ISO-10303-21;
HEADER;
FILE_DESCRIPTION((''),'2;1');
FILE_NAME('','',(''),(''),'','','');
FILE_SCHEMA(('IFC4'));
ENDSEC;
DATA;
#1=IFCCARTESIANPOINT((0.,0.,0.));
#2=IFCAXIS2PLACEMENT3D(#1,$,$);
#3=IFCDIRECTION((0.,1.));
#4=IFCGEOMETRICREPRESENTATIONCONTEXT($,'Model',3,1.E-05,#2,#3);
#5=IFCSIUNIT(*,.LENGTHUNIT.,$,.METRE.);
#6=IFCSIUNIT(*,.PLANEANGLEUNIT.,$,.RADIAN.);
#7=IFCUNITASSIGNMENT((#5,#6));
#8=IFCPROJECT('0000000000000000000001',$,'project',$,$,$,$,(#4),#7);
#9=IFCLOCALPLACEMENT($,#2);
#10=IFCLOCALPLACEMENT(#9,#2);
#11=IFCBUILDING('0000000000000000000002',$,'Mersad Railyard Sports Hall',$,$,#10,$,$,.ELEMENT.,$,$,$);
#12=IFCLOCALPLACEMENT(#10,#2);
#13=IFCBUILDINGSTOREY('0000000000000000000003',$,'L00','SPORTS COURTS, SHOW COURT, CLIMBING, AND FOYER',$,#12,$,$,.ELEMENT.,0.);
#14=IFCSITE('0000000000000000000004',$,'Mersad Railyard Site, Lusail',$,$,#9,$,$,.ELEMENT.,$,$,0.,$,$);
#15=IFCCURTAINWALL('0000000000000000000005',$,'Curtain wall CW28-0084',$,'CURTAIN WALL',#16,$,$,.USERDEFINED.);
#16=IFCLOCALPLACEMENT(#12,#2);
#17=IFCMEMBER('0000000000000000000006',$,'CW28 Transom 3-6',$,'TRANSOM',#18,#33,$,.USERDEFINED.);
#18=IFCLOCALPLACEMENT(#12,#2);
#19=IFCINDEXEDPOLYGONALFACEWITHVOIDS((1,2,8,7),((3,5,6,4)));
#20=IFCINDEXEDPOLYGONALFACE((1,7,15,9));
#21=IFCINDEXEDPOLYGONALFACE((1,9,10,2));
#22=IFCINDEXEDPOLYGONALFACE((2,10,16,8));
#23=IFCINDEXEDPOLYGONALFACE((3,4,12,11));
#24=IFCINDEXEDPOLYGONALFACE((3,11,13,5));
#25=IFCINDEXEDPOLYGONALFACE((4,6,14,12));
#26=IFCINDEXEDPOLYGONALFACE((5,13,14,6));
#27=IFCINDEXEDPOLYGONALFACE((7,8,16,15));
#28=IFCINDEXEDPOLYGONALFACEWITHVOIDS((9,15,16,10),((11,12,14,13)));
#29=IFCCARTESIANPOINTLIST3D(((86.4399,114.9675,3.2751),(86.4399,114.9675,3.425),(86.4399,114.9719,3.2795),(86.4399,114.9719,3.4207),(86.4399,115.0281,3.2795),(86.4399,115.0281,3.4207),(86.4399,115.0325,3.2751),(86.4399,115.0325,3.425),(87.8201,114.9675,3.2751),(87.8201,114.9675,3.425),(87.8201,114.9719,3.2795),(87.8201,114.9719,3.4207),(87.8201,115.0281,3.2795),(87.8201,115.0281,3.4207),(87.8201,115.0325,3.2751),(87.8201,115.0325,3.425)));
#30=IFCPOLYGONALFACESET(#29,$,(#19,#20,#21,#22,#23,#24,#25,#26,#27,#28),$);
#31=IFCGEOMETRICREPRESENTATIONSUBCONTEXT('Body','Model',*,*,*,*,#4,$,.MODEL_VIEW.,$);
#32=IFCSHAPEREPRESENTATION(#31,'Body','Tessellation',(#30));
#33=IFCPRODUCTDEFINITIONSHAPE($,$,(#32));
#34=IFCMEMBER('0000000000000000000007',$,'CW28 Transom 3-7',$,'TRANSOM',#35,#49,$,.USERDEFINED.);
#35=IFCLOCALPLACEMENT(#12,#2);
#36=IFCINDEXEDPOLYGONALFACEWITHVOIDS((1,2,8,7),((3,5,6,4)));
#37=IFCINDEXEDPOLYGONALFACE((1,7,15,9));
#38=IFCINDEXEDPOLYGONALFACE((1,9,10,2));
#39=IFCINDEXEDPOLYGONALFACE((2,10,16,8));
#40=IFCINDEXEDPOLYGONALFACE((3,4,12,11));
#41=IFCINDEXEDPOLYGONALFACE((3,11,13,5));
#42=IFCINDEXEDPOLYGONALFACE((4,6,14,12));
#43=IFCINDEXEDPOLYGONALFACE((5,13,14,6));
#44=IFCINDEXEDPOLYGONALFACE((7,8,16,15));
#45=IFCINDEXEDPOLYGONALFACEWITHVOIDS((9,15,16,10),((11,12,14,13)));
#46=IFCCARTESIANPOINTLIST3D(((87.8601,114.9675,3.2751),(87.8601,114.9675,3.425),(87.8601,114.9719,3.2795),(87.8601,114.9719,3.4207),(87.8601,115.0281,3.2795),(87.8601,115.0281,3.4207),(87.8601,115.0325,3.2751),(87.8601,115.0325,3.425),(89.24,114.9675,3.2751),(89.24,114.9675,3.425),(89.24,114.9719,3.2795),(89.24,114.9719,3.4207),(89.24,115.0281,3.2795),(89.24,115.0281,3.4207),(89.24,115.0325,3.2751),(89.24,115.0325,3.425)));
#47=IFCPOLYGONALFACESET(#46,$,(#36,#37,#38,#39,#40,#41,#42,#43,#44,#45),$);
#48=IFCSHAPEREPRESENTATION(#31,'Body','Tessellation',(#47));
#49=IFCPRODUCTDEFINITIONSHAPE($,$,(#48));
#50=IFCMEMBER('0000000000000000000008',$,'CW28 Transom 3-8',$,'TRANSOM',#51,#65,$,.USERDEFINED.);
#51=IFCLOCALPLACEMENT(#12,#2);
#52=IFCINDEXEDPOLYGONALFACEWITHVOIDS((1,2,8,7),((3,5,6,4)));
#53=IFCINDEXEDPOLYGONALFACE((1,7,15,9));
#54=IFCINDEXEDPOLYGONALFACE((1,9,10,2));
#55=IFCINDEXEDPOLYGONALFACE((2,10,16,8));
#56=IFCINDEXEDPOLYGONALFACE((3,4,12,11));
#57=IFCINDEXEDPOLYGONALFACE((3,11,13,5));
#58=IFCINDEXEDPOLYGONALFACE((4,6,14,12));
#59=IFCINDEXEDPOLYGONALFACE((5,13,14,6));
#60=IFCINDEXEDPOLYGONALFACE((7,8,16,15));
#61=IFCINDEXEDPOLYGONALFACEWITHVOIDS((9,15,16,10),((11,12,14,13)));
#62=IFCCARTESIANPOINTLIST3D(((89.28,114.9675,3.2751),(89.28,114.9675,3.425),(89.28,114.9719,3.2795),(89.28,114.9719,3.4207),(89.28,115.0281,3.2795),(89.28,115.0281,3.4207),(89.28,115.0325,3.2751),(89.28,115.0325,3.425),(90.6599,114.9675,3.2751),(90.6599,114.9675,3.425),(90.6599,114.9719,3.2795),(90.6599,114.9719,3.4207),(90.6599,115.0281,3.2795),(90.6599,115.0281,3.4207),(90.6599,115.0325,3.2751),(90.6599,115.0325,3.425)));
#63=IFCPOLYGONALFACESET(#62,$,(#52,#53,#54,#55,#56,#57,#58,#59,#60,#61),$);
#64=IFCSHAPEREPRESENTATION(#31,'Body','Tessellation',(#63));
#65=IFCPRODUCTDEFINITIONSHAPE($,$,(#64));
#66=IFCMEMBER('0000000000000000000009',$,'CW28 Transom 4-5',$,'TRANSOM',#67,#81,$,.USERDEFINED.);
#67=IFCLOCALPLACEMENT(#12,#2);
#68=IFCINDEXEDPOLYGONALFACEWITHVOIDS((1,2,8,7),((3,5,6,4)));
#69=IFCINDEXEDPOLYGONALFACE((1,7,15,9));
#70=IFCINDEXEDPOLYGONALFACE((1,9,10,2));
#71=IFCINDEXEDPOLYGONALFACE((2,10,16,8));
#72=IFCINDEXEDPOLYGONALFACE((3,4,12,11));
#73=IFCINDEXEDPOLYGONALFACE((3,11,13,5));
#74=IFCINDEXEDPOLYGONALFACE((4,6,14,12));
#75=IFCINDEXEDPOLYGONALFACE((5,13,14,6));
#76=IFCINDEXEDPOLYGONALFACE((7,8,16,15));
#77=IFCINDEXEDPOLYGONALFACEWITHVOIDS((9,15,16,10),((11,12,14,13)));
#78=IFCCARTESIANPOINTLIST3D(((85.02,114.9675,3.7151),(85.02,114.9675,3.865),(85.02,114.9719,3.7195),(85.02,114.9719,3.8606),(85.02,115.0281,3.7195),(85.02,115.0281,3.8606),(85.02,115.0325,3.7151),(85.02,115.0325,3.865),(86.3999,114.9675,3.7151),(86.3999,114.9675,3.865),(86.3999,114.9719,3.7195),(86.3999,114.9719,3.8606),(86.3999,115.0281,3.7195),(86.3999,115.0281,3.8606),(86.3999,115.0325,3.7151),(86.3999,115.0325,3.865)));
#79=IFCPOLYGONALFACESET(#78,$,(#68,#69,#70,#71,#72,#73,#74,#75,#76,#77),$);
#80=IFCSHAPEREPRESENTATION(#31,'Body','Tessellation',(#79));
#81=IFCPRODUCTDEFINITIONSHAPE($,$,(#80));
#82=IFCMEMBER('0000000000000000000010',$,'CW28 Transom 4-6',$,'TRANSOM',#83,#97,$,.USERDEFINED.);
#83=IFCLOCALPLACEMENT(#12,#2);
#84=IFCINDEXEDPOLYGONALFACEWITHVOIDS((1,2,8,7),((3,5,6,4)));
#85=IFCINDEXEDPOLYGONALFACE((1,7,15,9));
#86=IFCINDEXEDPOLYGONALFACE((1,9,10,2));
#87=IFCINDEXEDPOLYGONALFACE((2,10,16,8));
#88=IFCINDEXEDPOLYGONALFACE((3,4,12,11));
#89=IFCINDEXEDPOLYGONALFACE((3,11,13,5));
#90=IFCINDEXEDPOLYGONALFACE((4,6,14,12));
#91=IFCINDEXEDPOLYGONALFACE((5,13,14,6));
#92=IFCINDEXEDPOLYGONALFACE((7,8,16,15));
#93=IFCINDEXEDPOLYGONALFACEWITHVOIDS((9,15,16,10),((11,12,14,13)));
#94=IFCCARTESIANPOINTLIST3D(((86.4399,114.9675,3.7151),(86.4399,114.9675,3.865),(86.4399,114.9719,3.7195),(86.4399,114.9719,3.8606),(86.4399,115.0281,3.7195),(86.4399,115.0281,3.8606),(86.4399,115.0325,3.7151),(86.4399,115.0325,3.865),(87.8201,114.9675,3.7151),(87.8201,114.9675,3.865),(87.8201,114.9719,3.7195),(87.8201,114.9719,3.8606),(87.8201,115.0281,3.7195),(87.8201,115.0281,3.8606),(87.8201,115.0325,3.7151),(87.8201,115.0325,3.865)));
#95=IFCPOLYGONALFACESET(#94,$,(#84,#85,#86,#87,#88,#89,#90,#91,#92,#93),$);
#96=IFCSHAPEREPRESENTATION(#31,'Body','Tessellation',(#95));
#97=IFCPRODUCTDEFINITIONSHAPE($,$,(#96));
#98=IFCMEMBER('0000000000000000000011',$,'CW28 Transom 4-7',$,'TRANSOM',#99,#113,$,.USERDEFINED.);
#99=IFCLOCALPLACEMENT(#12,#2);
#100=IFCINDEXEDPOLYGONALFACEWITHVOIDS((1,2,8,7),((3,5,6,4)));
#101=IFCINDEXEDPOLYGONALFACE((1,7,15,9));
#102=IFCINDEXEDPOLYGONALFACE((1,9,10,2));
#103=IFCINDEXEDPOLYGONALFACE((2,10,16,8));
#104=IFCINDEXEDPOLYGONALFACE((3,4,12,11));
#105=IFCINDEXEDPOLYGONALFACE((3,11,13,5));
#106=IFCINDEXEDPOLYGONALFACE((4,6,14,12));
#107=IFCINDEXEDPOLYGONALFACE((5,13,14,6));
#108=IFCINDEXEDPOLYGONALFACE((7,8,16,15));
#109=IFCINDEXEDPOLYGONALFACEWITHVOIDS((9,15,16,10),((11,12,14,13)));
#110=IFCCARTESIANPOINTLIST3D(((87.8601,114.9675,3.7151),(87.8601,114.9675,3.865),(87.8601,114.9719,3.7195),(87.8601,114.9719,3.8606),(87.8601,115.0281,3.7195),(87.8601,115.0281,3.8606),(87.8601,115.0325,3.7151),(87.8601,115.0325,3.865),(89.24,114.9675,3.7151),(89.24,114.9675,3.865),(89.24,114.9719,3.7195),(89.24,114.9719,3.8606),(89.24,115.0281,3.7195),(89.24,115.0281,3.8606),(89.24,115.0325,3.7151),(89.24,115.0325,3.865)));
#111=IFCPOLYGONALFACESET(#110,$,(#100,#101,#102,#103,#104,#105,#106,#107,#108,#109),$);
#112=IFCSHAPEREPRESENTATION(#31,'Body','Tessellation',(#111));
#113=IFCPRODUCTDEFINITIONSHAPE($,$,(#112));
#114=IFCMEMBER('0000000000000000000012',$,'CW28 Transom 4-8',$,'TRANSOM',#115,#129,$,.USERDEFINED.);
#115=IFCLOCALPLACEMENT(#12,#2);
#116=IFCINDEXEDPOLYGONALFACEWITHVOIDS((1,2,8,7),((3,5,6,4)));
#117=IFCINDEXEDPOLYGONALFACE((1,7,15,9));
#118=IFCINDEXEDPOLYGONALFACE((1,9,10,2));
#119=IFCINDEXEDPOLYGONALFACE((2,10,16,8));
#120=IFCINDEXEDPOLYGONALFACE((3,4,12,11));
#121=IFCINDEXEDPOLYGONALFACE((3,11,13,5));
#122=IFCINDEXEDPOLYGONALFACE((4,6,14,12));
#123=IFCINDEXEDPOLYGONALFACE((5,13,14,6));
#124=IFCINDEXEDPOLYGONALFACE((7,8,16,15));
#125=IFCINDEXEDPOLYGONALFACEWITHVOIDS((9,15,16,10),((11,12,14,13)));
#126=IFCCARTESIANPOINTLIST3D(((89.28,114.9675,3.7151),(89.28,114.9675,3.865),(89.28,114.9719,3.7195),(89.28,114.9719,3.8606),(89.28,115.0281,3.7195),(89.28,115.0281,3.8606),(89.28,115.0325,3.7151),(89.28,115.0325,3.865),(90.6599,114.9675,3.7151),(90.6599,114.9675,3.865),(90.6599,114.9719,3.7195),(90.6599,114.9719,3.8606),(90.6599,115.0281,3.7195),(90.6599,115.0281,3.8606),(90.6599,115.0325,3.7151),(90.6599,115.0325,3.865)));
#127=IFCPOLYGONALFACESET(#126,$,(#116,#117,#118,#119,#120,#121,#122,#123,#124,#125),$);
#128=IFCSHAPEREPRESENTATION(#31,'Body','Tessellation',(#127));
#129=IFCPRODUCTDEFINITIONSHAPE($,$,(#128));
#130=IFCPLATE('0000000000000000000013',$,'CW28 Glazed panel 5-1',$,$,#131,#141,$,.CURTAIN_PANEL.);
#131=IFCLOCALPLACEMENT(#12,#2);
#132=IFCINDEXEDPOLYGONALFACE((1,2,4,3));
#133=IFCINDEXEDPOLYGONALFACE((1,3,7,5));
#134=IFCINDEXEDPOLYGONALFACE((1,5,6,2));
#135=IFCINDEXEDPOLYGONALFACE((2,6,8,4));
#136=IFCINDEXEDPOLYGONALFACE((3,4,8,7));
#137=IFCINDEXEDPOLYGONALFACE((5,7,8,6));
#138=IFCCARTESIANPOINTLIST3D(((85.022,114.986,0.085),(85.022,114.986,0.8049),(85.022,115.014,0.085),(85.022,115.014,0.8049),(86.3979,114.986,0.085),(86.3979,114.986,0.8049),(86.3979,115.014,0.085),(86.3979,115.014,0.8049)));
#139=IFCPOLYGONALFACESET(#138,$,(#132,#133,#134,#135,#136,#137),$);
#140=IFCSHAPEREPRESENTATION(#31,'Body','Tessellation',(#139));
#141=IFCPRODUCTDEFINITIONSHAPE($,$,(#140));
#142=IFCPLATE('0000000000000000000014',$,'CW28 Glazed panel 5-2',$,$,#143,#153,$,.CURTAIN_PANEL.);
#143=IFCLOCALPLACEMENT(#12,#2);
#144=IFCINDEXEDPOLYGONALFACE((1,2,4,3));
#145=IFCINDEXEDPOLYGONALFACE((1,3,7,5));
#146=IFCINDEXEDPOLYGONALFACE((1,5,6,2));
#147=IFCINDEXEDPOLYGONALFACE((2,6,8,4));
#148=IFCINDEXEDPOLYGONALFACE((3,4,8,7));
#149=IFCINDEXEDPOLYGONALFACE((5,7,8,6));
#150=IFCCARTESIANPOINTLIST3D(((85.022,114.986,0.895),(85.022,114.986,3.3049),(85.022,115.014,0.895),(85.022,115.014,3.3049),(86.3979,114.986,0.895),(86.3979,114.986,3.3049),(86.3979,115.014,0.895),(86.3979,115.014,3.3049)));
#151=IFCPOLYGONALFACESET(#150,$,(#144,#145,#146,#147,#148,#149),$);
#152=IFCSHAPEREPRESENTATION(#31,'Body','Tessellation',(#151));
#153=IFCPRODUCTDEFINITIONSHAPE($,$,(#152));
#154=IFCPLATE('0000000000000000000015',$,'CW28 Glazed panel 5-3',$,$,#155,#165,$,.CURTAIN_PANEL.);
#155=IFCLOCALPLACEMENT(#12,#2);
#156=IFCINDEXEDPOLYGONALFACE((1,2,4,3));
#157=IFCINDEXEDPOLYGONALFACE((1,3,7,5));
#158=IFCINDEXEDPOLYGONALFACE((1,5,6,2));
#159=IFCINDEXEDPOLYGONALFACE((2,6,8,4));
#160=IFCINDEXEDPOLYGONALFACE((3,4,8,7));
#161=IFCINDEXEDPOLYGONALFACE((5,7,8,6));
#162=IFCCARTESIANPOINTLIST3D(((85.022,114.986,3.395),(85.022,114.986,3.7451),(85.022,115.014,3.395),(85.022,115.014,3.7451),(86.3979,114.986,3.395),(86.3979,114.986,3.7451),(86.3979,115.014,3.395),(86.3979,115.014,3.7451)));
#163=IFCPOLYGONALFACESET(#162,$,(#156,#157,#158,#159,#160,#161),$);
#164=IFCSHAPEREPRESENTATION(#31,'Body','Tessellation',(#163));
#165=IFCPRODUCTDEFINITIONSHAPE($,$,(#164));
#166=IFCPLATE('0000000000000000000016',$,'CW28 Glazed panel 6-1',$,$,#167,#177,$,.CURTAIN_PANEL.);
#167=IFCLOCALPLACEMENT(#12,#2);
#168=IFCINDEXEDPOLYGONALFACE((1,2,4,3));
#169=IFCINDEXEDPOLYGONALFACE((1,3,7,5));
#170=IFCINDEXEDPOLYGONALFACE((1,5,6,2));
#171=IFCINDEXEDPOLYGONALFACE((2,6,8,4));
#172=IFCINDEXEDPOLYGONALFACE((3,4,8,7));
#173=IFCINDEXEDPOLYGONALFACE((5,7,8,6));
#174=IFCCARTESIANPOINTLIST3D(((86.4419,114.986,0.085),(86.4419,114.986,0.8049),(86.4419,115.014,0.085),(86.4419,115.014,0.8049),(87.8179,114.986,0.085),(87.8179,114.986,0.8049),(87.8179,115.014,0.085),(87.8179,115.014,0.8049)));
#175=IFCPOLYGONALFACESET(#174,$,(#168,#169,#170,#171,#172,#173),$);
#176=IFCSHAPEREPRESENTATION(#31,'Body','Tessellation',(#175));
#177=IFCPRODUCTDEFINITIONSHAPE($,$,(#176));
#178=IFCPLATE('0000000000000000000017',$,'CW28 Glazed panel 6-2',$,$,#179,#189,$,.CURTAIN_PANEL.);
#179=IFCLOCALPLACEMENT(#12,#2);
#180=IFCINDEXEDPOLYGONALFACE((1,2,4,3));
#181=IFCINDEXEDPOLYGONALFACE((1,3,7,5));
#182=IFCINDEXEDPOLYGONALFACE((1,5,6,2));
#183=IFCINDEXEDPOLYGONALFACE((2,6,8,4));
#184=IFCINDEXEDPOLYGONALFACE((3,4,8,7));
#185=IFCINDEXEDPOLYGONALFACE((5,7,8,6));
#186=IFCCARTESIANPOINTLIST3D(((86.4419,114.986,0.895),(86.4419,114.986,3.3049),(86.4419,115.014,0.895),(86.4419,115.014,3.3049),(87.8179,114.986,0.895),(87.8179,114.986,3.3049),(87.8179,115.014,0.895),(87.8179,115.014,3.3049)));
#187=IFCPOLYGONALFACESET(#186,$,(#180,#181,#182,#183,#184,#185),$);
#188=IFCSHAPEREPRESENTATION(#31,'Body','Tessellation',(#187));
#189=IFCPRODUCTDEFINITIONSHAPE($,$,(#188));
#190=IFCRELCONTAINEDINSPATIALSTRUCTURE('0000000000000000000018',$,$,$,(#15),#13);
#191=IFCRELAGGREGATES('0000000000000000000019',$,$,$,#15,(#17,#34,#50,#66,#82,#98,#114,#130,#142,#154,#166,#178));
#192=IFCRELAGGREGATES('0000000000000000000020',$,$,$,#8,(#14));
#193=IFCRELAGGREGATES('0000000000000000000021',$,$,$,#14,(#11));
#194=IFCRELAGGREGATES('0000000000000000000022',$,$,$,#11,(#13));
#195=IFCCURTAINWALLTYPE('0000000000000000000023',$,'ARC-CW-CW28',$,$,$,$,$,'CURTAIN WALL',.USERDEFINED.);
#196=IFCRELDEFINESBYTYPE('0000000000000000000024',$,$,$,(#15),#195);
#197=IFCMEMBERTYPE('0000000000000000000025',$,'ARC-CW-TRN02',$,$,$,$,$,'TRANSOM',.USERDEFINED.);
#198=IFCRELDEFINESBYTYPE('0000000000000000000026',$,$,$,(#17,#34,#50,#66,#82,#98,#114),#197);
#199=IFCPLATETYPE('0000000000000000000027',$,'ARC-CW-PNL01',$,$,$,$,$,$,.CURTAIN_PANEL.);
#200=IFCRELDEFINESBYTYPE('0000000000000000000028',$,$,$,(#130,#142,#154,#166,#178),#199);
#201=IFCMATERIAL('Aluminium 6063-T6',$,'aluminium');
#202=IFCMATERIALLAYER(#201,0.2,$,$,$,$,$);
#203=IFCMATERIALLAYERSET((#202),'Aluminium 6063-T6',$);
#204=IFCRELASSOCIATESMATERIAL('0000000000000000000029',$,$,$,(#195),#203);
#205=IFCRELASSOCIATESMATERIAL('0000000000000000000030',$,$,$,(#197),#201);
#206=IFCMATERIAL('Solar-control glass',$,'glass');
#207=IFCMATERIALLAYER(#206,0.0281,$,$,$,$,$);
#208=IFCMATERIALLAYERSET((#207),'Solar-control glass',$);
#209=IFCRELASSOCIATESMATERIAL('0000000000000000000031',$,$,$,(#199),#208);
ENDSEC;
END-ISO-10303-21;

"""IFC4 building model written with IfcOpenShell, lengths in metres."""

from ifc_helpers import new_model, si_unit, direction, frame, origin, origin_2d, place, context, subcontext, project, spatial, rectangle, hollow_rectangle, extrude, material, layer, layer_set, material_profile, profile_set, type_object, element, aggregate, save


model = new_model("IFC4")

# Units and contexts
model_context = context("Model", 3, precision=1e-05, world=origin(), true_north=direction((0.0, 1.0)))
body_context = subcontext(model_context, "Body", "Model", "MODEL_VIEW")
ifc_project = project(units=[si_unit("LENGTHUNIT", "METRE"), si_unit("PLANEANGLEUNIT", "RADIAN")], contexts=[model_context])

# Site, building, storey
site_placement = place(None, origin())
site = spatial("IfcSite", under=ifc_project, at=site_placement, Name="Mersad Railyard Site, Lusail", CompositionType="ELEMENT", RefElevation=0.0)
building_placement = place(site_placement, origin())
building = spatial("IfcBuilding", under=site, at=building_placement, Name="Mersad Railyard Sports Hall", CompositionType="ELEMENT")
storey_placement = place(building_placement, origin())
storey = spatial("IfcBuildingStorey", under=building, at=storey_placement, Name="L00", Description="SPORTS COURTS, SHOW COURT, CLIMBING, AND FOYER", CompositionType="ELEMENT", Elevation=0.0)

# Curtain wall, members, plates
ifc_material_1 = material(Name="Aluminium 6063-T6", Category="aluminium")
ifc_layer_1 = layer(ifc_material_1, 0.2)
ifc_layer_set_1 = layer_set([ifc_layer_1], Name="Aluminium 6063-T6")
curtain_wall_type = type_object("IfcCurtainWallType", Name="ARC-CW-CW28", ElementType="CURTAIN WALL", PredefinedType="USERDEFINED", material=ifc_layer_set_1)
curtain_wall_placement = place(storey_placement, origin())
curtain_wall = element("IfcCurtainWall", 1, at=curtain_wall_placement, inside=storey, type_object=curtain_wall_type, Name="Curtain wall CW28-0084", ObjectType="CURTAIN WALL", PredefinedType="USERDEFINED")
ifc_material_profile_1 = material_profile(ifc_material_1, hollow_rectangle(XDim=0.0649, YDim=0.1499, WallThickness=0.0044, at=origin_2d()), Name="AL TRANSOM 65x150x4.5")
ifc_profile_set_1 = profile_set([ifc_material_profile_1], Name="Aluminium 6063-T6")
member_type_1 = type_object("IfcMemberType", Name="ARC-CW-TRN02", ElementType="TRANSOM", PredefinedType="USERDEFINED", material=ifc_profile_set_1)
member_1_placement = place(storey_placement, frame((86.4399, 115.0, 3.3501), z_axis=(1.0, 0.0, 0.0), x_axis=(0.0, 1.0, 0.0)))
member_1 = element("IfcMember", 2, at=member_1_placement, type_object=member_type_1, Name="CW28 Transom 3-6", ObjectType="TRANSOM", PredefinedType="USERDEFINED", context=body_context, shape_type="SweptSolid", body=[
    extrude(hollow_rectangle(XDim=0.0649, YDim=0.1499, WallThickness=0.0044, at=origin_2d()), origin(), (0.0, 0.0, 1.0), 1.3801),
])
member_2_placement = place(storey_placement, frame((87.8601, 115.0, 3.3501), z_axis=(1.0, 0.0, 0.0), x_axis=(0.0, 1.0, 0.0)))
member_2 = element("IfcMember", 3, at=member_2_placement, type_object=member_type_1, Name="CW28 Transom 3-7", ObjectType="TRANSOM", PredefinedType="USERDEFINED", context=body_context, shape_type="SweptSolid", body=[
    extrude(hollow_rectangle(XDim=0.0649, YDim=0.1499, WallThickness=0.0044, at=origin_2d()), origin(), (0.0, 0.0, 1.0), 1.3799),
])
member_3_placement = place(storey_placement, frame((89.28, 115.0, 3.3501), z_axis=(1.0, 0.0, 0.0), x_axis=(0.0, 1.0, 0.0)))
member_3 = element("IfcMember", 4, at=member_3_placement, type_object=member_type_1, Name="CW28 Transom 3-8", ObjectType="TRANSOM", PredefinedType="USERDEFINED", context=body_context, shape_type="SweptSolid", body=[
    extrude(hollow_rectangle(XDim=0.0649, YDim=0.1499, WallThickness=0.0044, at=origin_2d()), origin(), (0.0, 0.0, 1.0), 1.3799),
])
member_4_placement = place(storey_placement, frame((85.02, 115.0, 3.79), z_axis=(1.0, 0.0, 0.0), x_axis=(0.0, 1.0, 0.0)))
member_4 = element("IfcMember", 5, at=member_4_placement, type_object=member_type_1, Name="CW28 Transom 4-5", ObjectType="TRANSOM", PredefinedType="USERDEFINED", context=body_context, shape_type="SweptSolid", body=[
    extrude(hollow_rectangle(XDim=0.0649, YDim=0.1499, WallThickness=0.0044, at=origin_2d()), origin(), (0.0, 0.0, 1.0), 1.3799),
])
member_5_placement = place(storey_placement, frame((86.4399, 115.0, 3.79), z_axis=(1.0, 0.0, 0.0), x_axis=(0.0, 1.0, 0.0)))
member_5 = element("IfcMember", 6, at=member_5_placement, type_object=member_type_1, Name="CW28 Transom 4-6", ObjectType="TRANSOM", PredefinedType="USERDEFINED", context=body_context, shape_type="SweptSolid", body=[
    extrude(hollow_rectangle(XDim=0.0649, YDim=0.1499, WallThickness=0.0044, at=origin_2d()), origin(), (0.0, 0.0, 1.0), 1.3801),
])
member_6_placement = place(storey_placement, frame((87.8601, 115.0, 3.79), z_axis=(1.0, 0.0, 0.0), x_axis=(0.0, 1.0, 0.0)))
member_6 = element("IfcMember", 7, at=member_6_placement, type_object=member_type_1, Name="CW28 Transom 4-7", ObjectType="TRANSOM", PredefinedType="USERDEFINED", context=body_context, shape_type="SweptSolid", body=[
    extrude(hollow_rectangle(XDim=0.0649, YDim=0.1499, WallThickness=0.0044, at=origin_2d()), origin(), (0.0, 0.0, 1.0), 1.3799),
])
member_7_placement = place(storey_placement, frame((89.28, 115.0, 3.79), z_axis=(1.0, 0.0, 0.0), x_axis=(0.0, 1.0, 0.0)))
member_7 = element("IfcMember", 8, at=member_7_placement, type_object=member_type_1, Name="CW28 Transom 4-8", ObjectType="TRANSOM", PredefinedType="USERDEFINED", context=body_context, shape_type="SweptSolid", body=[
    extrude(hollow_rectangle(XDim=0.0649, YDim=0.1499, WallThickness=0.0044, at=origin_2d()), origin(), (0.0, 0.0, 1.0), 1.3799),
])
ifc_material_2 = material(Name="Solar-control glass", Category="glass")
ifc_layer_2 = layer(ifc_material_2, 0.0281)
ifc_layer_set_2 = layer_set([ifc_layer_2], Name="Solar-control glass")
plate_type = type_object("IfcPlateType", Name="ARC-CW-PNL01", PredefinedType="CURTAIN_PANEL", material=ifc_layer_set_2)
plate_1_placement = place(storey_placement, frame((85.71, 115.0, 0.085), z_axis=(0.0, 0.0, 1.0), x_axis=(1.0, 0.0, 0.0)))
plate_1 = element("IfcPlate", 9, at=plate_1_placement, type_object=plate_type, Name="CW28 Glazed panel 5-1", PredefinedType="CURTAIN_PANEL", context=body_context, shape_type="SweptSolid", body=[
    extrude(rectangle(XDim=1.376, YDim=0.0281, at=origin_2d()), origin(), (0.0, 0.0, 1.0), 0.72),
])
plate_2_placement = place(storey_placement, frame((85.71, 115.0, 0.895), z_axis=(0.0, 0.0, 1.0), x_axis=(1.0, 0.0, 0.0)))
plate_2 = element("IfcPlate", 10, at=plate_2_placement, type_object=plate_type, Name="CW28 Glazed panel 5-2", PredefinedType="CURTAIN_PANEL", context=body_context, shape_type="SweptSolid", body=[
    extrude(rectangle(XDim=1.376, YDim=0.0281, at=origin_2d()), origin(), (0.0, 0.0, 1.0), 2.4099),
])
plate_3_placement = place(storey_placement, frame((85.71, 115.0, 3.395), z_axis=(0.0, 0.0, 1.0), x_axis=(1.0, 0.0, 0.0)))
plate_3 = element("IfcPlate", 11, at=plate_3_placement, type_object=plate_type, Name="CW28 Glazed panel 5-3", PredefinedType="CURTAIN_PANEL", context=body_context, shape_type="SweptSolid", body=[
    extrude(rectangle(XDim=1.376, YDim=0.0281, at=origin_2d()), origin(), (0.0, 0.0, 1.0), 0.3501),
])
plate_4_placement = place(storey_placement, frame((87.1299, 115.0, 0.085), z_axis=(0.0, 0.0, 1.0), x_axis=(1.0, 0.0, 0.0)))
plate_4 = element("IfcPlate", 12, at=plate_4_placement, type_object=plate_type, Name="CW28 Glazed panel 6-1", PredefinedType="CURTAIN_PANEL", context=body_context, shape_type="SweptSolid", body=[
    extrude(rectangle(XDim=1.376, YDim=0.0281, at=origin_2d()), origin(), (0.0, 0.0, 1.0), 0.72),
])
plate_5_placement = place(storey_placement, frame((87.1299, 115.0, 0.895), z_axis=(0.0, 0.0, 1.0), x_axis=(1.0, 0.0, 0.0)))
plate_5 = element("IfcPlate", 13, at=plate_5_placement, type_object=plate_type, Name="CW28 Glazed panel 6-2", PredefinedType="CURTAIN_PANEL", context=body_context, shape_type="SweptSolid", body=[
    extrude(rectangle(XDim=1.376, YDim=0.0281, at=origin_2d()), origin(), (0.0, 0.0, 1.0), 2.4099),
])
aggregate(curtain_wall, [member_1, member_2, member_3, member_4, member_5, member_6, member_7, plate_1, plate_2, plate_3, plate_4, plate_5])

save(model, "model.ifc")
